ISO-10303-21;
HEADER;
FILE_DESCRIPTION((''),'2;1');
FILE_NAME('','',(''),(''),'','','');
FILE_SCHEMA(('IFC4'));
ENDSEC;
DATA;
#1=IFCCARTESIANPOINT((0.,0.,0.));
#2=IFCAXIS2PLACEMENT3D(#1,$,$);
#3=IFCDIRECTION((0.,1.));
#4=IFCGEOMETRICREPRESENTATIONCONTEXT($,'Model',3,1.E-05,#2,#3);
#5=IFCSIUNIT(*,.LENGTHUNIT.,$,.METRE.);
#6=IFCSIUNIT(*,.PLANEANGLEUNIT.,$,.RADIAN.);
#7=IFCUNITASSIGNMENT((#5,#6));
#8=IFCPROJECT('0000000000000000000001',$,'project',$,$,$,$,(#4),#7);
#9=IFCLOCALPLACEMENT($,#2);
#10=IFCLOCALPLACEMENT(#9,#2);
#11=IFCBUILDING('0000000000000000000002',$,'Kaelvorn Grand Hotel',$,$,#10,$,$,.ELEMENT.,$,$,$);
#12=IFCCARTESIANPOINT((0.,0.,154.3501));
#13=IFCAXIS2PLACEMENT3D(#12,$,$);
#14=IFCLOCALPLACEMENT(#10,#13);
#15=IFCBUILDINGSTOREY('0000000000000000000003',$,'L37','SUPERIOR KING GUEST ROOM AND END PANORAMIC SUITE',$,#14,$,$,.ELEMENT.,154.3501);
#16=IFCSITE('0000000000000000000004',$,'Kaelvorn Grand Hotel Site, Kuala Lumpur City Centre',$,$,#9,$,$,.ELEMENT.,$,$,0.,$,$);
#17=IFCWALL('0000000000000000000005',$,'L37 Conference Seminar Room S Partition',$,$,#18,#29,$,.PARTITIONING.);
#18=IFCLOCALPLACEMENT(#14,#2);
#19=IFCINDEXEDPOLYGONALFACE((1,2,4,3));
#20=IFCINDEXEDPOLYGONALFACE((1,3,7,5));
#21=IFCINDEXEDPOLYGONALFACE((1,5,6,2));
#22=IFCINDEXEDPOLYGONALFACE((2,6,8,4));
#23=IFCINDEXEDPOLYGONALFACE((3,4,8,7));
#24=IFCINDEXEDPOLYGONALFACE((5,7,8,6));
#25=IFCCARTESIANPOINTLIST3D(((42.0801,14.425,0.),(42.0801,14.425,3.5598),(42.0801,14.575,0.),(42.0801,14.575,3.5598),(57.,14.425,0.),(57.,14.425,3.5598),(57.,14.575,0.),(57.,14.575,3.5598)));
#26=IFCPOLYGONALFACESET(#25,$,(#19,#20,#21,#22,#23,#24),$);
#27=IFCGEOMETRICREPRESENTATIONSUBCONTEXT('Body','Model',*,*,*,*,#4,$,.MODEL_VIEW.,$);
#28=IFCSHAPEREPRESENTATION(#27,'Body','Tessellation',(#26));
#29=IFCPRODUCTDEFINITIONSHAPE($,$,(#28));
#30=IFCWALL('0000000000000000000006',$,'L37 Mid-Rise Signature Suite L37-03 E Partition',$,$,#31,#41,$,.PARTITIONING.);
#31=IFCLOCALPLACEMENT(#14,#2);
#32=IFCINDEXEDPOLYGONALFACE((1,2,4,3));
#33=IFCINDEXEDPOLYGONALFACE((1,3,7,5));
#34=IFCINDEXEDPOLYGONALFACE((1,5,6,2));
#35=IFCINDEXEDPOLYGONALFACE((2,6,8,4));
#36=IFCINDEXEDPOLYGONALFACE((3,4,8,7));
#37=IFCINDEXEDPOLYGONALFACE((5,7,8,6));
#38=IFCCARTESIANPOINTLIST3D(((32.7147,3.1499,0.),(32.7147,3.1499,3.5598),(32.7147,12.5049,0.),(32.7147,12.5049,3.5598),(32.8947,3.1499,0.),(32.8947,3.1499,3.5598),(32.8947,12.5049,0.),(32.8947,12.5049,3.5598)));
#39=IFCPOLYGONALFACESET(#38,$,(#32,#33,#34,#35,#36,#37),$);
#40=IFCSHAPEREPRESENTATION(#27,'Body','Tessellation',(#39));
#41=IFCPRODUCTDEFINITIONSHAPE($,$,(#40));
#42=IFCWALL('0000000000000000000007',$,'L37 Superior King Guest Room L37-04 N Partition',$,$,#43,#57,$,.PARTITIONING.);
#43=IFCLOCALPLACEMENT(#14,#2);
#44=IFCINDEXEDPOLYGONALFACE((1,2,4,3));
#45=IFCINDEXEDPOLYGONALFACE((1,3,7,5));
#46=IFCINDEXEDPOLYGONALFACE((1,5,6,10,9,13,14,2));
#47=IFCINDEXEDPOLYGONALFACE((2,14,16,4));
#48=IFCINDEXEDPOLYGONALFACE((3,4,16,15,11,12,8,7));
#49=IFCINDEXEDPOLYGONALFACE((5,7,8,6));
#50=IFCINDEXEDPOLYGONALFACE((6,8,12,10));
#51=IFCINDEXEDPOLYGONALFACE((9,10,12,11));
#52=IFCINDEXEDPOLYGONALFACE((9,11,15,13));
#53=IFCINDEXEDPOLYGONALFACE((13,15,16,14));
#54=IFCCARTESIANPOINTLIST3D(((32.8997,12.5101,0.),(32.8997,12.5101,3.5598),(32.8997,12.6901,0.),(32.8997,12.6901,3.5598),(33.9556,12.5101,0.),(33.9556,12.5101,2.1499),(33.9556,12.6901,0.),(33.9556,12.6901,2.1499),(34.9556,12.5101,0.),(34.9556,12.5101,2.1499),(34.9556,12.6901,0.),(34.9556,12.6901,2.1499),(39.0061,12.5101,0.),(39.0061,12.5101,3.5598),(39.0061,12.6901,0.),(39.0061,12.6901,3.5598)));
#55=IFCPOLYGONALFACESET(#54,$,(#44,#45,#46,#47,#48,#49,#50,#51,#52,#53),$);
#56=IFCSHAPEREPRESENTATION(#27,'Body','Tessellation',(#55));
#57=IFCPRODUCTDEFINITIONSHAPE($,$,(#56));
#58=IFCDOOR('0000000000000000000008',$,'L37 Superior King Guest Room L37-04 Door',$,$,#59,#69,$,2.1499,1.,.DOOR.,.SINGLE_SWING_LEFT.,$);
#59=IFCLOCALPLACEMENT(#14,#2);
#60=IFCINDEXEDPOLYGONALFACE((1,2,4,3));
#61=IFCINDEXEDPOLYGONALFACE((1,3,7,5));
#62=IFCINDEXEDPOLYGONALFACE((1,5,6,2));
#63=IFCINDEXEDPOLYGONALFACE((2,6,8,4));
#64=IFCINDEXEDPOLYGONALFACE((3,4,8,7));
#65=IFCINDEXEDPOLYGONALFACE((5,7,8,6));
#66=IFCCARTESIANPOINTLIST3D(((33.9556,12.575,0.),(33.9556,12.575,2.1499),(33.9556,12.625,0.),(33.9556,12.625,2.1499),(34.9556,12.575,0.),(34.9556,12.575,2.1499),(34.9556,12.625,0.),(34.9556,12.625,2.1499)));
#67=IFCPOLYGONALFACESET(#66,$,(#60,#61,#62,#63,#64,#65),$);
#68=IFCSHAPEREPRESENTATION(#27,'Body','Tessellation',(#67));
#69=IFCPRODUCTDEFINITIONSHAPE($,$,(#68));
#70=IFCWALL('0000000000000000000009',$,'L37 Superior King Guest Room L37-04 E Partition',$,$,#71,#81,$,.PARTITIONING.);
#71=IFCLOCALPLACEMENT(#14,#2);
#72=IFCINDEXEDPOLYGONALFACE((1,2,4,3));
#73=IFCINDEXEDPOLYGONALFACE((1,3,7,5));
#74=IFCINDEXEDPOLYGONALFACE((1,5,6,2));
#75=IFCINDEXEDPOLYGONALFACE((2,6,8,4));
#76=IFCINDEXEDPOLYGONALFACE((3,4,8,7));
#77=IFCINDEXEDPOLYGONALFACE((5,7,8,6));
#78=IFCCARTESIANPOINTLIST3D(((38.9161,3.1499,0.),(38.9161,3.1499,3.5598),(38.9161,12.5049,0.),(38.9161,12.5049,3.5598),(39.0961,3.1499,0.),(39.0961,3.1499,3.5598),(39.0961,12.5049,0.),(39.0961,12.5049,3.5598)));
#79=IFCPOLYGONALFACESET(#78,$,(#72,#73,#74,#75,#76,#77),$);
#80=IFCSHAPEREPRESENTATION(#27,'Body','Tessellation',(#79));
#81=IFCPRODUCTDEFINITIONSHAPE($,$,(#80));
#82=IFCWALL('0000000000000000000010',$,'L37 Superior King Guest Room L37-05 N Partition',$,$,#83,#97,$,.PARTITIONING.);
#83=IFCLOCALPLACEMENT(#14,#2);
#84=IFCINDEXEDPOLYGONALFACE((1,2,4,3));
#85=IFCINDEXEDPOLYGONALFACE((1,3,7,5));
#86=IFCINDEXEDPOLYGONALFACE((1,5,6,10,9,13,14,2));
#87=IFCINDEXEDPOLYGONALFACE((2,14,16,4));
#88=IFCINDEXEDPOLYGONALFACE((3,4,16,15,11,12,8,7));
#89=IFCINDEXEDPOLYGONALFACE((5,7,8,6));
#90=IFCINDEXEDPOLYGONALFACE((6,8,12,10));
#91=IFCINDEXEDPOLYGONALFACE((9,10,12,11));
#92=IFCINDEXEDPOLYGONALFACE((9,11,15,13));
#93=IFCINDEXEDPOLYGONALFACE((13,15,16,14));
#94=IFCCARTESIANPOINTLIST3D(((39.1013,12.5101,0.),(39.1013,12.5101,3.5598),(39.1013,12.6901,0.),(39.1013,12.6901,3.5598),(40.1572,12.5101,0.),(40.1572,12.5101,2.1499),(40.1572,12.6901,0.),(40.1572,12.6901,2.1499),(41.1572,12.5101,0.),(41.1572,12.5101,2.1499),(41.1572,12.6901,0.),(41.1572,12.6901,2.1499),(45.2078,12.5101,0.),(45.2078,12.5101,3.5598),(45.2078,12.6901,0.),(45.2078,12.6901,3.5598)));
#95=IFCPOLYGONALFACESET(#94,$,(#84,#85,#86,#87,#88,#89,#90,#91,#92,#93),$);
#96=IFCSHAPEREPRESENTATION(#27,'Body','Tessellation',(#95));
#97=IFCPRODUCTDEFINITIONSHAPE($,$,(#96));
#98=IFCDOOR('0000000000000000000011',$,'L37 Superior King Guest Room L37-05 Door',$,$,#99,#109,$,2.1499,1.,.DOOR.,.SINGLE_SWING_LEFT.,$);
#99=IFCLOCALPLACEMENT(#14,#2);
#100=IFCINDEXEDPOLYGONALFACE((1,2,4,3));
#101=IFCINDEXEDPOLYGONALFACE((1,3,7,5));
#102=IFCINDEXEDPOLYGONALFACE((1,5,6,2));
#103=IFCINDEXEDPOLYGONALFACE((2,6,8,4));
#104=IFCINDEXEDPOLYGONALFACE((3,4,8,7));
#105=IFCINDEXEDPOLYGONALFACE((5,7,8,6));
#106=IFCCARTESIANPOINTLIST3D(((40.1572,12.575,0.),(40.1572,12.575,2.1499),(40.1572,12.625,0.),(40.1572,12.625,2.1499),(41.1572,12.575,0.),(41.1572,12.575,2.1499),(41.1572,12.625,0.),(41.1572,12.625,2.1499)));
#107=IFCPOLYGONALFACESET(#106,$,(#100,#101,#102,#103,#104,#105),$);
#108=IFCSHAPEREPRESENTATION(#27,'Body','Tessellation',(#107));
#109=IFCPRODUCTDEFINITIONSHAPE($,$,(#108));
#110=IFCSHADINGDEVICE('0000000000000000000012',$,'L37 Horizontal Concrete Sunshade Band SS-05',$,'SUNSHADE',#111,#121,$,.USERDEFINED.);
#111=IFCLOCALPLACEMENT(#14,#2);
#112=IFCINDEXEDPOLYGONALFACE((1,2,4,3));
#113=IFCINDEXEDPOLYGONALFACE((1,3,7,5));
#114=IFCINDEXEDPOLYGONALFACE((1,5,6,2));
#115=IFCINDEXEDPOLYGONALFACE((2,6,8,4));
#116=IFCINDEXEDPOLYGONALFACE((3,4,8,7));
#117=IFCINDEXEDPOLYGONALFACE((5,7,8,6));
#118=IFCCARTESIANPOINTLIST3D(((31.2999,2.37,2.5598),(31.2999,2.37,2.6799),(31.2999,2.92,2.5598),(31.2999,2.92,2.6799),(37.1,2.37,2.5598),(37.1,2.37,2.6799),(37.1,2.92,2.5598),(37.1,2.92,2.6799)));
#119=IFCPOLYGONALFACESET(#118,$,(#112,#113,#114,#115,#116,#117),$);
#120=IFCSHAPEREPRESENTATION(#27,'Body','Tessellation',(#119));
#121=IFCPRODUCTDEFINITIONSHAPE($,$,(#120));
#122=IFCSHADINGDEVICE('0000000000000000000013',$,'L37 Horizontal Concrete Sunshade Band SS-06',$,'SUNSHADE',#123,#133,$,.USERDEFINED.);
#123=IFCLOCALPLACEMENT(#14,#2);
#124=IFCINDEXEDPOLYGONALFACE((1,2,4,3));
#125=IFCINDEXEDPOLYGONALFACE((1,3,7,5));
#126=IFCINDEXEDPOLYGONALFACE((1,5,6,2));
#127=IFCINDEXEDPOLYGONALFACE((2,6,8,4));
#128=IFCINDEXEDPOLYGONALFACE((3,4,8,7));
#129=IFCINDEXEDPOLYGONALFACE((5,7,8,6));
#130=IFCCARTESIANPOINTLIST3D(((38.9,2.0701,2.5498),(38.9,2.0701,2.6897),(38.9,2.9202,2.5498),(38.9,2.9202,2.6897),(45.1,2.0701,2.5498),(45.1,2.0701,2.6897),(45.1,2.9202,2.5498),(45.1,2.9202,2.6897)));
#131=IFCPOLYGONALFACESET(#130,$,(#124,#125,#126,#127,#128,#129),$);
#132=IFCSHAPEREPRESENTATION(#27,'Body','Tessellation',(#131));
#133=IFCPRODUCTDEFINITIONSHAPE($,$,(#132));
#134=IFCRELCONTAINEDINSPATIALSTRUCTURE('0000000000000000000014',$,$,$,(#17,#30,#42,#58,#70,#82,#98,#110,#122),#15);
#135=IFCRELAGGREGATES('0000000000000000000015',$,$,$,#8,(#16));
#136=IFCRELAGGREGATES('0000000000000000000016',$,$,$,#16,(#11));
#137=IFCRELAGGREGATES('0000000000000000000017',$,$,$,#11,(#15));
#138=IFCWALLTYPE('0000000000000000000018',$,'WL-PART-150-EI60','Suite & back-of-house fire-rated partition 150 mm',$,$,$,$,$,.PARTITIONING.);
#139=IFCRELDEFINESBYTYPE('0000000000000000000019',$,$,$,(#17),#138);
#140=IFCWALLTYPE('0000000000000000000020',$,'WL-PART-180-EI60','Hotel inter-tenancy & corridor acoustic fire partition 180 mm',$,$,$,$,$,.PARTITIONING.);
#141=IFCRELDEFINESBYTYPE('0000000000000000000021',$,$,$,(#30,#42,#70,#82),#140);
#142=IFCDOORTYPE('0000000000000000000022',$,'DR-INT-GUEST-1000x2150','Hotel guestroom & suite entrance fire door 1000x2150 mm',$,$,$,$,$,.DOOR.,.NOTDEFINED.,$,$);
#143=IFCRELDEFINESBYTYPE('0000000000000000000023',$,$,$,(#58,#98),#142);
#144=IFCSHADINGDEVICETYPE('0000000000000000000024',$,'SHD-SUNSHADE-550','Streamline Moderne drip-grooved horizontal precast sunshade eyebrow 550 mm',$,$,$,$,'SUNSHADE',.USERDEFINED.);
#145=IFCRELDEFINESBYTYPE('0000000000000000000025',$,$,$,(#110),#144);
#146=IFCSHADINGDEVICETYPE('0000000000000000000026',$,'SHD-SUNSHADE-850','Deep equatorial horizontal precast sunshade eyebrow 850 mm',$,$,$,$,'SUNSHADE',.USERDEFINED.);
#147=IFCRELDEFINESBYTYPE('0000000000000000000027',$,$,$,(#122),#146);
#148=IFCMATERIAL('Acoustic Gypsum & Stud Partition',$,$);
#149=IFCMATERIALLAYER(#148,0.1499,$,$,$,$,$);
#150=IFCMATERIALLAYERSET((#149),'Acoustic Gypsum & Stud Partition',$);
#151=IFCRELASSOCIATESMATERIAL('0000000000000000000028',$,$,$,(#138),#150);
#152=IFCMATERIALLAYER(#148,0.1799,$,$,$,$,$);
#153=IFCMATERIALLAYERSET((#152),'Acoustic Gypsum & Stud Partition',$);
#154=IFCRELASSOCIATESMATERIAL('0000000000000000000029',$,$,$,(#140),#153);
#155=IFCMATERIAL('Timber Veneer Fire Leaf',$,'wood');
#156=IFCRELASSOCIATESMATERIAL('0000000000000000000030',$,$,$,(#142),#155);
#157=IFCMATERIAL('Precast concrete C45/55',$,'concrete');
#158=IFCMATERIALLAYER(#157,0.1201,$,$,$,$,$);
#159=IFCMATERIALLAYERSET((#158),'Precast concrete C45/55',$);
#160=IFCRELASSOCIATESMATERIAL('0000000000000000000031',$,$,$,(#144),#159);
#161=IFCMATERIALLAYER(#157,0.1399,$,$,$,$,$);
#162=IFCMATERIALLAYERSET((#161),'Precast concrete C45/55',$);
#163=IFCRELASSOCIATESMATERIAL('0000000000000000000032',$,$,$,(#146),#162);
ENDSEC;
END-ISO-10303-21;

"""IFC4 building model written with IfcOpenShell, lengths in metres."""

from ifc_helpers import new_model, si_unit, direction, frame, frame_2d, origin, origin_2d, place, context, subcontext, project, spatial, rectangle, extrude, material, layer, layer_set, type_object, element, fill, save


model = new_model("IFC4")

# Units and contexts
model_context = context("Model", 3, precision=1e-05, world=origin(), true_north=direction((0.0, 1.0)))
body_context = subcontext(model_context, "Body", "Model", "MODEL_VIEW")
ifc_project = project(units=[si_unit("LENGTHUNIT", "METRE"), si_unit("PLANEANGLEUNIT", "RADIAN")], contexts=[model_context])

# Site, building, storey
site_placement = place(None, origin())
site = spatial("IfcSite", under=ifc_project, at=site_placement, Name="Kaelvorn Grand Hotel Site, Kuala Lumpur City Centre", CompositionType="ELEMENT", RefElevation=0.0)
building_placement = place(site_placement, origin())
building = spatial("IfcBuilding", under=site, at=building_placement, Name="Kaelvorn Grand Hotel", CompositionType="ELEMENT")
storey_placement = place(building_placement, frame((0.0, 0.0, 154.3501)))
storey = spatial("IfcBuildingStorey", under=building, at=storey_placement, Name="L37", Description="SUPERIOR KING GUEST ROOM AND END PANORAMIC SUITE", CompositionType="ELEMENT", Elevation=154.3501)

# Walls
ifc_material_1 = material(Name="Acoustic Gypsum & Stud Partition")
ifc_layer_1 = layer(ifc_material_1, 0.1499)
ifc_layer_set_1 = layer_set([ifc_layer_1], Name="Acoustic Gypsum & Stud Partition")
wall_type_1 = type_object("IfcWallType", Name="WL-PART-150-EI60", Description="Suite & back-of-house fire-rated partition 150 mm", PredefinedType="PARTITIONING", material=ifc_layer_set_1)
wall_1_placement = place(storey_placement, frame((42.0801, 14.5, 0.0), z_axis=(0.0, 0.0, 1.0), x_axis=(1.0, 0.0, 0.0)))
element("IfcWall", 1, at=wall_1_placement, inside=storey, type_object=wall_type_1, Name="L37 Conference Seminar Room S Partition", PredefinedType="PARTITIONING", context=body_context, shape_type="SweptSolid", body=[
    extrude(rectangle(XDim=14.9199, YDim=0.1499, at=frame_2d((7.46, 0.0))), origin(), (0.0, 0.0, 1.0), 3.5598),
])
ifc_layer_2 = layer(ifc_material_1, 0.1799)
ifc_layer_set_2 = layer_set([ifc_layer_2], Name="Acoustic Gypsum & Stud Partition")
wall_type_2 = type_object("IfcWallType", Name="WL-PART-180-EI60", Description="Hotel inter-tenancy & corridor acoustic fire partition 180 mm", PredefinedType="PARTITIONING", material=ifc_layer_set_2)
wall_2_placement = place(storey_placement, frame((32.8047, 3.1499, 0.0), z_axis=(0.0, 0.0, 1.0), x_axis=(0.0, 1.0, 0.0)))
element("IfcWall", 2, at=wall_2_placement, inside=storey, type_object=wall_type_2, Name="L37 Mid-Rise Signature Suite L37-03 E Partition", PredefinedType="PARTITIONING", context=body_context, shape_type="SweptSolid", body=[
    extrude(rectangle(XDim=9.355, YDim=0.1799, at=frame_2d((4.6775, 0.0))), origin(), (0.0, 0.0, 1.0), 3.5598),
])

# Wall, opening, door
wall_3_placement = place(storey_placement, frame((32.8997, 12.6001, 0.0), z_axis=(0.0, 0.0, 1.0), x_axis=(1.0, 0.0, 0.0)))
wall_3 = element("IfcWall", 3, at=wall_3_placement, inside=storey, type_object=wall_type_2, Name="L37 Superior King Guest Room L37-04 N Partition", PredefinedType="PARTITIONING", context=body_context, shape_type="SweptSolid", body=[
    extrude(rectangle(XDim=6.1064, YDim=0.1799, at=frame_2d((3.0532, 0.0))), origin(), (0.0, 0.0, 1.0), 3.5598),
])
opening_1_placement = place(wall_3_placement, frame((1.0559, 0.0, 0.0)))
opening_1 = element("IfcOpeningElement", 4, at=opening_1_placement, cuts=wall_3, PredefinedType="OPENING", context=body_context, shape_type="SweptSolid", body=[
    extrude(rectangle(XDim=1.0, YDim=2.1499, at=frame_2d((0.5, 1.075))), frame((0.0, 0.1001, 0.0), z_axis=(0.0, -1.0, 0.0), x_axis=(1.0, 0.0, 0.0)), (0.0, 0.0, 1.0), 0.2),
])
ifc_material_2 = material(Name="Timber Veneer Fire Leaf", Category="wood")
door_type_1 = type_object("IfcDoorType", Name="DR-INT-GUEST-1000x2150", Description="Hotel guestroom & suite entrance fire door 1000x2150 mm", OperationType="NOTDEFINED", PredefinedType="DOOR", material=ifc_material_2)
door_1_placement = place(opening_1_placement, origin())
door_1 = element("IfcDoor", 5, at=door_1_placement, inside=storey, type_object=door_type_1, Name="L37 Superior King Guest Room L37-04 Door", OperationType="SINGLE_SWING_LEFT", OverallHeight=2.1499, OverallWidth=1.0, PredefinedType="DOOR", context=body_context, shape_type="SweptSolid", body=[
    extrude(rectangle(XDim=1.0, YDim=2.1499, at=frame_2d((0.5, 1.075))), frame((0.0, 0.0249, 0.0), z_axis=(0.0, -1.0, 0.0), x_axis=(1.0, 0.0, 0.0)), (0.0, 0.0, 1.0), 0.05),
])
fill(opening_1, door_1)

# Wall
wall_4_placement = place(storey_placement, frame((39.0061, 3.1499, 0.0), z_axis=(0.0, 0.0, 1.0), x_axis=(0.0, 1.0, 0.0)))
element("IfcWall", 6, at=wall_4_placement, inside=storey, type_object=wall_type_2, Name="L37 Superior King Guest Room L37-04 E Partition", PredefinedType="PARTITIONING", context=body_context, shape_type="SweptSolid", body=[
    extrude(rectangle(XDim=9.355, YDim=0.1799, at=frame_2d((4.6775, 0.0))), origin(), (0.0, 0.0, 1.0), 3.5598),
])

# Wall, opening, door
wall_5_placement = place(storey_placement, frame((39.1013, 12.6001, 0.0), z_axis=(0.0, 0.0, 1.0), x_axis=(1.0, 0.0, 0.0)))
wall_5 = element("IfcWall", 7, at=wall_5_placement, inside=storey, type_object=wall_type_2, Name="L37 Superior King Guest Room L37-05 N Partition", PredefinedType="PARTITIONING", context=body_context, shape_type="SweptSolid", body=[
    extrude(rectangle(XDim=6.1064, YDim=0.1799, at=frame_2d((3.0532, 0.0))), origin(), (0.0, 0.0, 1.0), 3.5598),
])
opening_2_placement = place(wall_5_placement, frame((1.0559, 0.0, 0.0)))
opening_2 = element("IfcOpeningElement", 8, at=opening_2_placement, cuts=wall_5, PredefinedType="OPENING", context=body_context, shape_type="SweptSolid", body=[
    extrude(rectangle(XDim=1.0, YDim=2.1499, at=frame_2d((0.5, 1.075))), frame((0.0, 0.1001, 0.0), z_axis=(0.0, -1.0, 0.0), x_axis=(1.0, 0.0, 0.0)), (0.0, 0.0, 1.0), 0.2),
])
door_2_placement = place(opening_2_placement, origin())
door_2 = element("IfcDoor", 9, at=door_2_placement, inside=storey, type_object=door_type_1, Name="L37 Superior King Guest Room L37-05 Door", OperationType="SINGLE_SWING_LEFT", OverallHeight=2.1499, OverallWidth=1.0, PredefinedType="DOOR", context=body_context, shape_type="SweptSolid", body=[
    extrude(rectangle(XDim=1.0, YDim=2.1499, at=frame_2d((0.5, 1.075))), frame((0.0, 0.0249, 0.0), z_axis=(0.0, -1.0, 0.0), x_axis=(1.0, 0.0, 0.0)), (0.0, 0.0, 1.0), 0.05),
])
fill(opening_2, door_2)

# Shading devices
ifc_material_3 = material(Name="Precast concrete C45/55", Category="concrete")
ifc_layer_3 = layer(ifc_material_3, 0.1201)
ifc_layer_set_3 = layer_set([ifc_layer_3], Name="Precast concrete C45/55")
shading_device_type_1 = type_object("IfcShadingDeviceType", Name="SHD-SUNSHADE-550", Description="Streamline Moderne drip-grooved horizontal precast sunshade eyebrow 550 mm", ElementType="SUNSHADE", PredefinedType="USERDEFINED", material=ifc_layer_set_3)
shading_device_1_placement = place(storey_placement, frame((34.2, 2.645, 2.5598), z_axis=(0.0, 0.0, 1.0), x_axis=(1.0, 0.0, 0.0)))
element("IfcShadingDevice", 10, at=shading_device_1_placement, inside=storey, type_object=shading_device_type_1, Name="L37 Horizontal Concrete Sunshade Band SS-05", ObjectType="SUNSHADE", PredefinedType="USERDEFINED", context=body_context, shape_type="SweptSolid", body=[
    extrude(rectangle(XDim=5.8, YDim=0.55, at=origin_2d()), origin(), (0.0, 0.0, 1.0), 0.1201),
])
ifc_layer_4 = layer(ifc_material_3, 0.1399)
ifc_layer_set_4 = layer_set([ifc_layer_4], Name="Precast concrete C45/55")
shading_device_type_2 = type_object("IfcShadingDeviceType", Name="SHD-SUNSHADE-850", Description="Deep equatorial horizontal precast sunshade eyebrow 850 mm", ElementType="SUNSHADE", PredefinedType="USERDEFINED", material=ifc_layer_set_4)
shading_device_2_placement = place(storey_placement, frame((42.0, 2.4951, 2.5498), z_axis=(0.0, 0.0, 1.0), x_axis=(1.0, 0.0, 0.0)))
element("IfcShadingDevice", 11, at=shading_device_2_placement, inside=storey, type_object=shading_device_type_2, Name="L37 Horizontal Concrete Sunshade Band SS-06", ObjectType="SUNSHADE", PredefinedType="USERDEFINED", context=body_context, shape_type="SweptSolid", body=[
    extrude(rectangle(XDim=6.2, YDim=0.8501, at=origin_2d()), origin(), (0.0, 0.0, 1.0), 0.1399),
])

save(model, "model.ifc")
